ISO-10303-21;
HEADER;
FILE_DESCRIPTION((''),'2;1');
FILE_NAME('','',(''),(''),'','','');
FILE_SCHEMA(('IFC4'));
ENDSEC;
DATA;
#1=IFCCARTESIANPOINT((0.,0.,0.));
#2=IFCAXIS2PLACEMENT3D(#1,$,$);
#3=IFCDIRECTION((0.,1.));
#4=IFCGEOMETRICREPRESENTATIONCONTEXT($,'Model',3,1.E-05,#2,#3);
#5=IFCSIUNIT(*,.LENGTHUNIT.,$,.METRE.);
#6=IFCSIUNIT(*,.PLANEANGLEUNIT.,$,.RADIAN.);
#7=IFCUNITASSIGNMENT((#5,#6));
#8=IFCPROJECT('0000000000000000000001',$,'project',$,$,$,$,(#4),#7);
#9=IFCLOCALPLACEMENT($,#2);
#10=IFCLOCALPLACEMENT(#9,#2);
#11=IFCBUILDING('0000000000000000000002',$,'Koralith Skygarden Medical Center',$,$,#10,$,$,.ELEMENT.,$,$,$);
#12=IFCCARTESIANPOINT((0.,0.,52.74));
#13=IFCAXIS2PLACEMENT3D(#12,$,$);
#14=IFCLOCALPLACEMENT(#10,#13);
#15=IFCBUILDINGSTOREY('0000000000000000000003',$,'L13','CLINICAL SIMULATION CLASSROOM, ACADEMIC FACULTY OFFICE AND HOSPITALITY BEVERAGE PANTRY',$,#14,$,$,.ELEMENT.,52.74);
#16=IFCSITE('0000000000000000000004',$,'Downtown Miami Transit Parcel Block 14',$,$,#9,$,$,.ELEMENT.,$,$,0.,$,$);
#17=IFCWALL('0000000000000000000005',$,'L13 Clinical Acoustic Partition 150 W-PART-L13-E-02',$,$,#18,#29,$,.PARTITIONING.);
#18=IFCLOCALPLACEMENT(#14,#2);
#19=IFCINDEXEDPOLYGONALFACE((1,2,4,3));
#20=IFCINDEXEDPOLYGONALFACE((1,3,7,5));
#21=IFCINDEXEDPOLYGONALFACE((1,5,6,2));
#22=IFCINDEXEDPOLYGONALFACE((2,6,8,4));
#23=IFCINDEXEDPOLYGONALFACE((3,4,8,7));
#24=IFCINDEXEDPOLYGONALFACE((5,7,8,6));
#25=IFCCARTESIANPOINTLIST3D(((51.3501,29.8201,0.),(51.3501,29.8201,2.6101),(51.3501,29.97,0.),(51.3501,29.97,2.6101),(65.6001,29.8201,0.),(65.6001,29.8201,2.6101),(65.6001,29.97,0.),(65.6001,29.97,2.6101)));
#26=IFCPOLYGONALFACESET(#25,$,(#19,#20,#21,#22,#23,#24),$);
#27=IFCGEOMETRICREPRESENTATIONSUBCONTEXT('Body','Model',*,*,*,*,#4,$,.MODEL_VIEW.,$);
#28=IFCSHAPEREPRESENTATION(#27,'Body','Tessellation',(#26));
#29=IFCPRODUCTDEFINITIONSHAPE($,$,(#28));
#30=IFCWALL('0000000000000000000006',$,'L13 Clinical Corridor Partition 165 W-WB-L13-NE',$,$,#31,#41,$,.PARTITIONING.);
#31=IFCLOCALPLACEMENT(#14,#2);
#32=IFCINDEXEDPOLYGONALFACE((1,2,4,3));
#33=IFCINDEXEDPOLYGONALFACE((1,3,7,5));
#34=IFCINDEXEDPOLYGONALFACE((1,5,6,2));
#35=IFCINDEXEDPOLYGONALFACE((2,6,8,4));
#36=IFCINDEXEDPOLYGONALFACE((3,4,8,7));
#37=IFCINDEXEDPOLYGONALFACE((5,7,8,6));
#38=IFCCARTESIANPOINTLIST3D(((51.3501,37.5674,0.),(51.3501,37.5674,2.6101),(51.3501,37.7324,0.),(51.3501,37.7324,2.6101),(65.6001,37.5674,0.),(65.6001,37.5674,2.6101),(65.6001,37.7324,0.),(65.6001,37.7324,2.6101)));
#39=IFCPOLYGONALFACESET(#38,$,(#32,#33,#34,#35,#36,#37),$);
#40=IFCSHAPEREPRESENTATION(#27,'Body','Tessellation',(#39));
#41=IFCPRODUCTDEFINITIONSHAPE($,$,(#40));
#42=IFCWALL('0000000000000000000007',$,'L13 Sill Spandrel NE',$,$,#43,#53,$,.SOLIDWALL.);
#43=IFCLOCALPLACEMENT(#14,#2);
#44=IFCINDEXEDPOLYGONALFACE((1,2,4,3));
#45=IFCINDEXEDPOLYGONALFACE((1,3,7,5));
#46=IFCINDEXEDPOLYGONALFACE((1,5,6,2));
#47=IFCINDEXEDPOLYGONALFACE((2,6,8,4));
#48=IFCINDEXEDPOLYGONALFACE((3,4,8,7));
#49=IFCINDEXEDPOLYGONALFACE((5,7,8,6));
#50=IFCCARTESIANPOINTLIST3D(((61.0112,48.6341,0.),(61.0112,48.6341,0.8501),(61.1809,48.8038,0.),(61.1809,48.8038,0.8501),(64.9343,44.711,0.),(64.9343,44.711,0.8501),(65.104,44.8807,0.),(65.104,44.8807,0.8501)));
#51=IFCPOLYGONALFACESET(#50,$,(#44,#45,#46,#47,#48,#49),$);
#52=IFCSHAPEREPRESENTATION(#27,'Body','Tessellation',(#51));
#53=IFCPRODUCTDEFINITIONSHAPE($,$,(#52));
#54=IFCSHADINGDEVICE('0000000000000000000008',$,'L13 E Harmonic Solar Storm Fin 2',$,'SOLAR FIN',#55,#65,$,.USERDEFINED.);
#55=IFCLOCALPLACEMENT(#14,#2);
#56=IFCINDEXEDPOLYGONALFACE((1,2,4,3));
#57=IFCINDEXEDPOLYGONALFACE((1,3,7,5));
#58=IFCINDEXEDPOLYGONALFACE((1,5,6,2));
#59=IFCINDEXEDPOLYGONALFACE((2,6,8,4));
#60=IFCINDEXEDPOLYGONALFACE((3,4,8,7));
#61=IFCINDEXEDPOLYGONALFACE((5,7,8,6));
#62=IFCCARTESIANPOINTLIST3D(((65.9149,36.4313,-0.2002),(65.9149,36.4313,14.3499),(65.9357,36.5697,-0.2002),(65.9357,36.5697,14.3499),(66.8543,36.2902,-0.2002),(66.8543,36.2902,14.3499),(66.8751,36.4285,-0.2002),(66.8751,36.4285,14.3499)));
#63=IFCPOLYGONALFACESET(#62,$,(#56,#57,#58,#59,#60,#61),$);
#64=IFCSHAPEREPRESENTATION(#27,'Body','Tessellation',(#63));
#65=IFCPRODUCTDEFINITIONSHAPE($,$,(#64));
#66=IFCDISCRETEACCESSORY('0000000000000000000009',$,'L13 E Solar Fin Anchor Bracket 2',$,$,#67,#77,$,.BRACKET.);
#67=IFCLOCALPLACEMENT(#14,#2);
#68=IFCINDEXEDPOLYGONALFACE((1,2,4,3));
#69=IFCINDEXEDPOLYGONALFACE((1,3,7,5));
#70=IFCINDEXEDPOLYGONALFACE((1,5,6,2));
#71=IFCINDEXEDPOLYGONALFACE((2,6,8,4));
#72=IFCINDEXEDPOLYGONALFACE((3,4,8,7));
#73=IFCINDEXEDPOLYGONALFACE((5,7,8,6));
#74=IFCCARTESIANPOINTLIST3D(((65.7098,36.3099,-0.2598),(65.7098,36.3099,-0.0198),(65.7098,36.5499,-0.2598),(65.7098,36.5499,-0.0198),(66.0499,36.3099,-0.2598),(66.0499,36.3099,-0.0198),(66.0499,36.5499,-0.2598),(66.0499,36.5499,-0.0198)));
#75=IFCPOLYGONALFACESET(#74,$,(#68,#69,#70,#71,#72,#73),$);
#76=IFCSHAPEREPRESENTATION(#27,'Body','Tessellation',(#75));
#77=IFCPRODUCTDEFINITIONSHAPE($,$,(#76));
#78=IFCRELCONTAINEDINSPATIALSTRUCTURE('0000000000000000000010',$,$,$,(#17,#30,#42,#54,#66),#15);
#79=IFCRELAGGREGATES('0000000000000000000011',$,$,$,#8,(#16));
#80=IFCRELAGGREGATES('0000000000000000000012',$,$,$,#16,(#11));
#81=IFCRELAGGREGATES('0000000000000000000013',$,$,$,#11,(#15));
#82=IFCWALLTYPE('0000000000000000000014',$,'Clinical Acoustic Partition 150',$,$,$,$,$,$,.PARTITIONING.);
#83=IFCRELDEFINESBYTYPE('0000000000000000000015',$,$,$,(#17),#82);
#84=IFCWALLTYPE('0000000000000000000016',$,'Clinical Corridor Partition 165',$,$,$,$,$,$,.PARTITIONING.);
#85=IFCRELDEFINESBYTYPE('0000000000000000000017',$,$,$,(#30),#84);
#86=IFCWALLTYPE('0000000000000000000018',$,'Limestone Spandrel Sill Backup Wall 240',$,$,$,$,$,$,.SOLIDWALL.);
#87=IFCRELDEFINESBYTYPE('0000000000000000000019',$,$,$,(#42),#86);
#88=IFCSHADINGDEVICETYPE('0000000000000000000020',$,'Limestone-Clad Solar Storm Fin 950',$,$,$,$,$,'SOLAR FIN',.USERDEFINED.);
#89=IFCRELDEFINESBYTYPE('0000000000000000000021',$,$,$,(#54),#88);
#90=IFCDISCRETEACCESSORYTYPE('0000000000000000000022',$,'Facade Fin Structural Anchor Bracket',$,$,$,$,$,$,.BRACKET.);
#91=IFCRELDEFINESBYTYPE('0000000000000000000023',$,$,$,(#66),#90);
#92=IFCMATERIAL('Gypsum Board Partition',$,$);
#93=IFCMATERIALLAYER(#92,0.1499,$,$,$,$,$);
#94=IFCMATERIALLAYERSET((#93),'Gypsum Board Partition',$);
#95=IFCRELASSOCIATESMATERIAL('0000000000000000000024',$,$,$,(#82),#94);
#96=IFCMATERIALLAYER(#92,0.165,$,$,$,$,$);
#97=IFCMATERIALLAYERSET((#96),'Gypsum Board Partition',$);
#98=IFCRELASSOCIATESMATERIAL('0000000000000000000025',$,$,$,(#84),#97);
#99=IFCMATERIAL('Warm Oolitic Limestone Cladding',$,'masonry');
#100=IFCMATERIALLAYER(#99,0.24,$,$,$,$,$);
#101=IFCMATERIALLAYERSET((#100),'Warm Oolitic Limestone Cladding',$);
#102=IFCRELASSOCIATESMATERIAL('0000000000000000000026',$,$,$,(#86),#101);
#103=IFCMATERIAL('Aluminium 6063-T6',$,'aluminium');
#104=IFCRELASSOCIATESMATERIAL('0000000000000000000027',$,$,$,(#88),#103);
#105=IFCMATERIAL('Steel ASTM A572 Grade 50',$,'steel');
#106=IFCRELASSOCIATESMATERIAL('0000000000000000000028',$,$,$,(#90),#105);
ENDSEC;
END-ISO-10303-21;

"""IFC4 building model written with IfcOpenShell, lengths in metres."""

from ifc_helpers import new_model, si_unit, direction, frame, frame_2d, origin, origin_2d, place, context, subcontext, project, spatial, rectangle, extrude, material, layer, layer_set, type_object, element, save


model = new_model("IFC4")

# Units and contexts
model_context = context("Model", 3, precision=1e-05, world=origin(), true_north=direction((0.0, 1.0)))
body_context = subcontext(model_context, "Body", "Model", "MODEL_VIEW")
ifc_project = project(units=[si_unit("LENGTHUNIT", "METRE"), si_unit("PLANEANGLEUNIT", "RADIAN")], contexts=[model_context])

# Site, building, storey
site_placement = place(None, origin())
site = spatial("IfcSite", under=ifc_project, at=site_placement, Name="Downtown Miami Transit Parcel Block 14", CompositionType="ELEMENT", RefElevation=0.0)
building_placement = place(site_placement, origin())
building = spatial("IfcBuilding", under=site, at=building_placement, Name="Koralith Skygarden Medical Center", CompositionType="ELEMENT")
storey_placement = place(building_placement, frame((0.0, 0.0, 52.74)))
storey = spatial("IfcBuildingStorey", under=building, at=storey_placement, Name="L13", Description="CLINICAL SIMULATION CLASSROOM, ACADEMIC FACULTY OFFICE AND HOSPITALITY BEVERAGE PANTRY", CompositionType="ELEMENT", Elevation=52.74)

# Shared definitions
ifc_material_1 = material(Name="Aluminium 6063-T6", Category="aluminium")

# Shared definitions
ifc_material_2 = material(Name="Warm Oolitic Limestone Cladding", Category="masonry")

# Walls
ifc_material_3 = material(Name="Gypsum Board Partition")
ifc_layer_1 = layer(ifc_material_3, 0.1499)
ifc_layer_set_1 = layer_set([ifc_layer_1], Name="Gypsum Board Partition")
wall_type_1 = type_object("IfcWallType", Name="Clinical Acoustic Partition 150", PredefinedType="PARTITIONING", material=ifc_layer_set_1)
wall_1_placement = place(storey_placement, frame((51.3501, 29.895, 0.0), z_axis=(0.0, 0.0, 1.0), x_axis=(1.0, 0.0, 0.0)))
element("IfcWall", 1, at=wall_1_placement, inside=storey, type_object=wall_type_1, Name="L13 Clinical Acoustic Partition 150 W-PART-L13-E-02", PredefinedType="PARTITIONING", context=body_context, shape_type="SweptSolid", body=[
    extrude(rectangle(XDim=14.25, YDim=0.1499, at=frame_2d((7.125, 0.0))), origin(), (0.0, 0.0, 1.0), 2.6101),
])
ifc_layer_2 = layer(ifc_material_3, 0.165)
ifc_layer_set_2 = layer_set([ifc_layer_2], Name="Gypsum Board Partition")
wall_type_2 = type_object("IfcWallType", Name="Clinical Corridor Partition 165", PredefinedType="PARTITIONING", material=ifc_layer_set_2)
wall_2_placement = place(storey_placement, frame((51.3501, 37.6499, 0.0), z_axis=(0.0, 0.0, 1.0), x_axis=(1.0, 0.0, 0.0)))
element("IfcWall", 2, at=wall_2_placement, inside=storey, type_object=wall_type_2, Name="L13 Clinical Corridor Partition 165 W-WB-L13-NE", PredefinedType="PARTITIONING", context=body_context, shape_type="SweptSolid", body=[
    extrude(rectangle(XDim=14.25, YDim=0.165, at=frame_2d((7.125, 0.0))), origin(), (0.0, 0.0, 1.0), 2.6101),
])

# Wall
ifc_layer_3 = layer(ifc_material_2, 0.24)
ifc_layer_set_3 = layer_set([ifc_layer_3], Name="Warm Oolitic Limestone Cladding")
wall_type_3 = type_object("IfcWallType", Name="Limestone Spandrel Sill Backup Wall 240", PredefinedType="SOLIDWALL", material=ifc_layer_set_3)
wall_3_placement = place(storey_placement, frame((65.019, 44.7959, 0.0), z_axis=(0.0, 0.0, 1.0), x_axis=(-0.707107, 0.707107, 0.0)))
element("IfcWall", 3, at=wall_3_placement, inside=storey, type_object=wall_type_3, Name="L13 Sill Spandrel NE", PredefinedType="SOLIDWALL", context=body_context, shape_type="SweptSolid", body=[
    extrude(rectangle(XDim=5.5481, YDim=0.24, at=frame_2d((2.7739, 0.0))), origin(), (0.0, 0.0, 1.0), 0.8501),
])

# Shading device
shading_device_type = type_object("IfcShadingDeviceType", Name="Limestone-Clad Solar Storm Fin 950", ElementType="SOLAR FIN", PredefinedType="USERDEFINED", material=ifc_material_1)
shading_device_placement = place(storey_placement, frame((66.395, 36.4299, -0.2002), z_axis=(0.0, 0.0, 1.0), x_axis=(0.988905, -0.148552, 0.0)))
element("IfcShadingDevice", 4, at=shading_device_placement, inside=storey, type_object=shading_device_type, Name="L13 E Harmonic Solar Storm Fin 2", ObjectType="SOLAR FIN", PredefinedType="USERDEFINED", context=body_context, shape_type="SweptSolid", body=[
    extrude(rectangle(XDim=0.95, YDim=0.1399, at=origin_2d()), origin(), (0.0, 0.0, 1.0), 14.55),
])

# Discrete accessory
ifc_material_4 = material(Name="Steel ASTM A572 Grade 50", Category="steel")
discrete_accessory_type = type_object("IfcDiscreteAccessoryType", Name="Facade Fin Structural Anchor Bracket", PredefinedType="BRACKET", material=ifc_material_4)
discrete_accessory_placement = place(storey_placement, frame((65.8799, 36.4299, -0.2598), z_axis=(0.0, 0.0, 1.0), x_axis=(1.0, 0.0, 0.0)))
element("IfcDiscreteAccessory", 5, at=discrete_accessory_placement, inside=storey, type_object=discrete_accessory_type, Name="L13 E Solar Fin Anchor Bracket 2", PredefinedType="BRACKET", context=body_context, shape_type="SweptSolid", body=[
    extrude(rectangle(XDim=0.3401, YDim=0.24, at=origin_2d()), origin(), (0.0, 0.0, 1.0), 0.24),
])

save(model, "model.ifc")
